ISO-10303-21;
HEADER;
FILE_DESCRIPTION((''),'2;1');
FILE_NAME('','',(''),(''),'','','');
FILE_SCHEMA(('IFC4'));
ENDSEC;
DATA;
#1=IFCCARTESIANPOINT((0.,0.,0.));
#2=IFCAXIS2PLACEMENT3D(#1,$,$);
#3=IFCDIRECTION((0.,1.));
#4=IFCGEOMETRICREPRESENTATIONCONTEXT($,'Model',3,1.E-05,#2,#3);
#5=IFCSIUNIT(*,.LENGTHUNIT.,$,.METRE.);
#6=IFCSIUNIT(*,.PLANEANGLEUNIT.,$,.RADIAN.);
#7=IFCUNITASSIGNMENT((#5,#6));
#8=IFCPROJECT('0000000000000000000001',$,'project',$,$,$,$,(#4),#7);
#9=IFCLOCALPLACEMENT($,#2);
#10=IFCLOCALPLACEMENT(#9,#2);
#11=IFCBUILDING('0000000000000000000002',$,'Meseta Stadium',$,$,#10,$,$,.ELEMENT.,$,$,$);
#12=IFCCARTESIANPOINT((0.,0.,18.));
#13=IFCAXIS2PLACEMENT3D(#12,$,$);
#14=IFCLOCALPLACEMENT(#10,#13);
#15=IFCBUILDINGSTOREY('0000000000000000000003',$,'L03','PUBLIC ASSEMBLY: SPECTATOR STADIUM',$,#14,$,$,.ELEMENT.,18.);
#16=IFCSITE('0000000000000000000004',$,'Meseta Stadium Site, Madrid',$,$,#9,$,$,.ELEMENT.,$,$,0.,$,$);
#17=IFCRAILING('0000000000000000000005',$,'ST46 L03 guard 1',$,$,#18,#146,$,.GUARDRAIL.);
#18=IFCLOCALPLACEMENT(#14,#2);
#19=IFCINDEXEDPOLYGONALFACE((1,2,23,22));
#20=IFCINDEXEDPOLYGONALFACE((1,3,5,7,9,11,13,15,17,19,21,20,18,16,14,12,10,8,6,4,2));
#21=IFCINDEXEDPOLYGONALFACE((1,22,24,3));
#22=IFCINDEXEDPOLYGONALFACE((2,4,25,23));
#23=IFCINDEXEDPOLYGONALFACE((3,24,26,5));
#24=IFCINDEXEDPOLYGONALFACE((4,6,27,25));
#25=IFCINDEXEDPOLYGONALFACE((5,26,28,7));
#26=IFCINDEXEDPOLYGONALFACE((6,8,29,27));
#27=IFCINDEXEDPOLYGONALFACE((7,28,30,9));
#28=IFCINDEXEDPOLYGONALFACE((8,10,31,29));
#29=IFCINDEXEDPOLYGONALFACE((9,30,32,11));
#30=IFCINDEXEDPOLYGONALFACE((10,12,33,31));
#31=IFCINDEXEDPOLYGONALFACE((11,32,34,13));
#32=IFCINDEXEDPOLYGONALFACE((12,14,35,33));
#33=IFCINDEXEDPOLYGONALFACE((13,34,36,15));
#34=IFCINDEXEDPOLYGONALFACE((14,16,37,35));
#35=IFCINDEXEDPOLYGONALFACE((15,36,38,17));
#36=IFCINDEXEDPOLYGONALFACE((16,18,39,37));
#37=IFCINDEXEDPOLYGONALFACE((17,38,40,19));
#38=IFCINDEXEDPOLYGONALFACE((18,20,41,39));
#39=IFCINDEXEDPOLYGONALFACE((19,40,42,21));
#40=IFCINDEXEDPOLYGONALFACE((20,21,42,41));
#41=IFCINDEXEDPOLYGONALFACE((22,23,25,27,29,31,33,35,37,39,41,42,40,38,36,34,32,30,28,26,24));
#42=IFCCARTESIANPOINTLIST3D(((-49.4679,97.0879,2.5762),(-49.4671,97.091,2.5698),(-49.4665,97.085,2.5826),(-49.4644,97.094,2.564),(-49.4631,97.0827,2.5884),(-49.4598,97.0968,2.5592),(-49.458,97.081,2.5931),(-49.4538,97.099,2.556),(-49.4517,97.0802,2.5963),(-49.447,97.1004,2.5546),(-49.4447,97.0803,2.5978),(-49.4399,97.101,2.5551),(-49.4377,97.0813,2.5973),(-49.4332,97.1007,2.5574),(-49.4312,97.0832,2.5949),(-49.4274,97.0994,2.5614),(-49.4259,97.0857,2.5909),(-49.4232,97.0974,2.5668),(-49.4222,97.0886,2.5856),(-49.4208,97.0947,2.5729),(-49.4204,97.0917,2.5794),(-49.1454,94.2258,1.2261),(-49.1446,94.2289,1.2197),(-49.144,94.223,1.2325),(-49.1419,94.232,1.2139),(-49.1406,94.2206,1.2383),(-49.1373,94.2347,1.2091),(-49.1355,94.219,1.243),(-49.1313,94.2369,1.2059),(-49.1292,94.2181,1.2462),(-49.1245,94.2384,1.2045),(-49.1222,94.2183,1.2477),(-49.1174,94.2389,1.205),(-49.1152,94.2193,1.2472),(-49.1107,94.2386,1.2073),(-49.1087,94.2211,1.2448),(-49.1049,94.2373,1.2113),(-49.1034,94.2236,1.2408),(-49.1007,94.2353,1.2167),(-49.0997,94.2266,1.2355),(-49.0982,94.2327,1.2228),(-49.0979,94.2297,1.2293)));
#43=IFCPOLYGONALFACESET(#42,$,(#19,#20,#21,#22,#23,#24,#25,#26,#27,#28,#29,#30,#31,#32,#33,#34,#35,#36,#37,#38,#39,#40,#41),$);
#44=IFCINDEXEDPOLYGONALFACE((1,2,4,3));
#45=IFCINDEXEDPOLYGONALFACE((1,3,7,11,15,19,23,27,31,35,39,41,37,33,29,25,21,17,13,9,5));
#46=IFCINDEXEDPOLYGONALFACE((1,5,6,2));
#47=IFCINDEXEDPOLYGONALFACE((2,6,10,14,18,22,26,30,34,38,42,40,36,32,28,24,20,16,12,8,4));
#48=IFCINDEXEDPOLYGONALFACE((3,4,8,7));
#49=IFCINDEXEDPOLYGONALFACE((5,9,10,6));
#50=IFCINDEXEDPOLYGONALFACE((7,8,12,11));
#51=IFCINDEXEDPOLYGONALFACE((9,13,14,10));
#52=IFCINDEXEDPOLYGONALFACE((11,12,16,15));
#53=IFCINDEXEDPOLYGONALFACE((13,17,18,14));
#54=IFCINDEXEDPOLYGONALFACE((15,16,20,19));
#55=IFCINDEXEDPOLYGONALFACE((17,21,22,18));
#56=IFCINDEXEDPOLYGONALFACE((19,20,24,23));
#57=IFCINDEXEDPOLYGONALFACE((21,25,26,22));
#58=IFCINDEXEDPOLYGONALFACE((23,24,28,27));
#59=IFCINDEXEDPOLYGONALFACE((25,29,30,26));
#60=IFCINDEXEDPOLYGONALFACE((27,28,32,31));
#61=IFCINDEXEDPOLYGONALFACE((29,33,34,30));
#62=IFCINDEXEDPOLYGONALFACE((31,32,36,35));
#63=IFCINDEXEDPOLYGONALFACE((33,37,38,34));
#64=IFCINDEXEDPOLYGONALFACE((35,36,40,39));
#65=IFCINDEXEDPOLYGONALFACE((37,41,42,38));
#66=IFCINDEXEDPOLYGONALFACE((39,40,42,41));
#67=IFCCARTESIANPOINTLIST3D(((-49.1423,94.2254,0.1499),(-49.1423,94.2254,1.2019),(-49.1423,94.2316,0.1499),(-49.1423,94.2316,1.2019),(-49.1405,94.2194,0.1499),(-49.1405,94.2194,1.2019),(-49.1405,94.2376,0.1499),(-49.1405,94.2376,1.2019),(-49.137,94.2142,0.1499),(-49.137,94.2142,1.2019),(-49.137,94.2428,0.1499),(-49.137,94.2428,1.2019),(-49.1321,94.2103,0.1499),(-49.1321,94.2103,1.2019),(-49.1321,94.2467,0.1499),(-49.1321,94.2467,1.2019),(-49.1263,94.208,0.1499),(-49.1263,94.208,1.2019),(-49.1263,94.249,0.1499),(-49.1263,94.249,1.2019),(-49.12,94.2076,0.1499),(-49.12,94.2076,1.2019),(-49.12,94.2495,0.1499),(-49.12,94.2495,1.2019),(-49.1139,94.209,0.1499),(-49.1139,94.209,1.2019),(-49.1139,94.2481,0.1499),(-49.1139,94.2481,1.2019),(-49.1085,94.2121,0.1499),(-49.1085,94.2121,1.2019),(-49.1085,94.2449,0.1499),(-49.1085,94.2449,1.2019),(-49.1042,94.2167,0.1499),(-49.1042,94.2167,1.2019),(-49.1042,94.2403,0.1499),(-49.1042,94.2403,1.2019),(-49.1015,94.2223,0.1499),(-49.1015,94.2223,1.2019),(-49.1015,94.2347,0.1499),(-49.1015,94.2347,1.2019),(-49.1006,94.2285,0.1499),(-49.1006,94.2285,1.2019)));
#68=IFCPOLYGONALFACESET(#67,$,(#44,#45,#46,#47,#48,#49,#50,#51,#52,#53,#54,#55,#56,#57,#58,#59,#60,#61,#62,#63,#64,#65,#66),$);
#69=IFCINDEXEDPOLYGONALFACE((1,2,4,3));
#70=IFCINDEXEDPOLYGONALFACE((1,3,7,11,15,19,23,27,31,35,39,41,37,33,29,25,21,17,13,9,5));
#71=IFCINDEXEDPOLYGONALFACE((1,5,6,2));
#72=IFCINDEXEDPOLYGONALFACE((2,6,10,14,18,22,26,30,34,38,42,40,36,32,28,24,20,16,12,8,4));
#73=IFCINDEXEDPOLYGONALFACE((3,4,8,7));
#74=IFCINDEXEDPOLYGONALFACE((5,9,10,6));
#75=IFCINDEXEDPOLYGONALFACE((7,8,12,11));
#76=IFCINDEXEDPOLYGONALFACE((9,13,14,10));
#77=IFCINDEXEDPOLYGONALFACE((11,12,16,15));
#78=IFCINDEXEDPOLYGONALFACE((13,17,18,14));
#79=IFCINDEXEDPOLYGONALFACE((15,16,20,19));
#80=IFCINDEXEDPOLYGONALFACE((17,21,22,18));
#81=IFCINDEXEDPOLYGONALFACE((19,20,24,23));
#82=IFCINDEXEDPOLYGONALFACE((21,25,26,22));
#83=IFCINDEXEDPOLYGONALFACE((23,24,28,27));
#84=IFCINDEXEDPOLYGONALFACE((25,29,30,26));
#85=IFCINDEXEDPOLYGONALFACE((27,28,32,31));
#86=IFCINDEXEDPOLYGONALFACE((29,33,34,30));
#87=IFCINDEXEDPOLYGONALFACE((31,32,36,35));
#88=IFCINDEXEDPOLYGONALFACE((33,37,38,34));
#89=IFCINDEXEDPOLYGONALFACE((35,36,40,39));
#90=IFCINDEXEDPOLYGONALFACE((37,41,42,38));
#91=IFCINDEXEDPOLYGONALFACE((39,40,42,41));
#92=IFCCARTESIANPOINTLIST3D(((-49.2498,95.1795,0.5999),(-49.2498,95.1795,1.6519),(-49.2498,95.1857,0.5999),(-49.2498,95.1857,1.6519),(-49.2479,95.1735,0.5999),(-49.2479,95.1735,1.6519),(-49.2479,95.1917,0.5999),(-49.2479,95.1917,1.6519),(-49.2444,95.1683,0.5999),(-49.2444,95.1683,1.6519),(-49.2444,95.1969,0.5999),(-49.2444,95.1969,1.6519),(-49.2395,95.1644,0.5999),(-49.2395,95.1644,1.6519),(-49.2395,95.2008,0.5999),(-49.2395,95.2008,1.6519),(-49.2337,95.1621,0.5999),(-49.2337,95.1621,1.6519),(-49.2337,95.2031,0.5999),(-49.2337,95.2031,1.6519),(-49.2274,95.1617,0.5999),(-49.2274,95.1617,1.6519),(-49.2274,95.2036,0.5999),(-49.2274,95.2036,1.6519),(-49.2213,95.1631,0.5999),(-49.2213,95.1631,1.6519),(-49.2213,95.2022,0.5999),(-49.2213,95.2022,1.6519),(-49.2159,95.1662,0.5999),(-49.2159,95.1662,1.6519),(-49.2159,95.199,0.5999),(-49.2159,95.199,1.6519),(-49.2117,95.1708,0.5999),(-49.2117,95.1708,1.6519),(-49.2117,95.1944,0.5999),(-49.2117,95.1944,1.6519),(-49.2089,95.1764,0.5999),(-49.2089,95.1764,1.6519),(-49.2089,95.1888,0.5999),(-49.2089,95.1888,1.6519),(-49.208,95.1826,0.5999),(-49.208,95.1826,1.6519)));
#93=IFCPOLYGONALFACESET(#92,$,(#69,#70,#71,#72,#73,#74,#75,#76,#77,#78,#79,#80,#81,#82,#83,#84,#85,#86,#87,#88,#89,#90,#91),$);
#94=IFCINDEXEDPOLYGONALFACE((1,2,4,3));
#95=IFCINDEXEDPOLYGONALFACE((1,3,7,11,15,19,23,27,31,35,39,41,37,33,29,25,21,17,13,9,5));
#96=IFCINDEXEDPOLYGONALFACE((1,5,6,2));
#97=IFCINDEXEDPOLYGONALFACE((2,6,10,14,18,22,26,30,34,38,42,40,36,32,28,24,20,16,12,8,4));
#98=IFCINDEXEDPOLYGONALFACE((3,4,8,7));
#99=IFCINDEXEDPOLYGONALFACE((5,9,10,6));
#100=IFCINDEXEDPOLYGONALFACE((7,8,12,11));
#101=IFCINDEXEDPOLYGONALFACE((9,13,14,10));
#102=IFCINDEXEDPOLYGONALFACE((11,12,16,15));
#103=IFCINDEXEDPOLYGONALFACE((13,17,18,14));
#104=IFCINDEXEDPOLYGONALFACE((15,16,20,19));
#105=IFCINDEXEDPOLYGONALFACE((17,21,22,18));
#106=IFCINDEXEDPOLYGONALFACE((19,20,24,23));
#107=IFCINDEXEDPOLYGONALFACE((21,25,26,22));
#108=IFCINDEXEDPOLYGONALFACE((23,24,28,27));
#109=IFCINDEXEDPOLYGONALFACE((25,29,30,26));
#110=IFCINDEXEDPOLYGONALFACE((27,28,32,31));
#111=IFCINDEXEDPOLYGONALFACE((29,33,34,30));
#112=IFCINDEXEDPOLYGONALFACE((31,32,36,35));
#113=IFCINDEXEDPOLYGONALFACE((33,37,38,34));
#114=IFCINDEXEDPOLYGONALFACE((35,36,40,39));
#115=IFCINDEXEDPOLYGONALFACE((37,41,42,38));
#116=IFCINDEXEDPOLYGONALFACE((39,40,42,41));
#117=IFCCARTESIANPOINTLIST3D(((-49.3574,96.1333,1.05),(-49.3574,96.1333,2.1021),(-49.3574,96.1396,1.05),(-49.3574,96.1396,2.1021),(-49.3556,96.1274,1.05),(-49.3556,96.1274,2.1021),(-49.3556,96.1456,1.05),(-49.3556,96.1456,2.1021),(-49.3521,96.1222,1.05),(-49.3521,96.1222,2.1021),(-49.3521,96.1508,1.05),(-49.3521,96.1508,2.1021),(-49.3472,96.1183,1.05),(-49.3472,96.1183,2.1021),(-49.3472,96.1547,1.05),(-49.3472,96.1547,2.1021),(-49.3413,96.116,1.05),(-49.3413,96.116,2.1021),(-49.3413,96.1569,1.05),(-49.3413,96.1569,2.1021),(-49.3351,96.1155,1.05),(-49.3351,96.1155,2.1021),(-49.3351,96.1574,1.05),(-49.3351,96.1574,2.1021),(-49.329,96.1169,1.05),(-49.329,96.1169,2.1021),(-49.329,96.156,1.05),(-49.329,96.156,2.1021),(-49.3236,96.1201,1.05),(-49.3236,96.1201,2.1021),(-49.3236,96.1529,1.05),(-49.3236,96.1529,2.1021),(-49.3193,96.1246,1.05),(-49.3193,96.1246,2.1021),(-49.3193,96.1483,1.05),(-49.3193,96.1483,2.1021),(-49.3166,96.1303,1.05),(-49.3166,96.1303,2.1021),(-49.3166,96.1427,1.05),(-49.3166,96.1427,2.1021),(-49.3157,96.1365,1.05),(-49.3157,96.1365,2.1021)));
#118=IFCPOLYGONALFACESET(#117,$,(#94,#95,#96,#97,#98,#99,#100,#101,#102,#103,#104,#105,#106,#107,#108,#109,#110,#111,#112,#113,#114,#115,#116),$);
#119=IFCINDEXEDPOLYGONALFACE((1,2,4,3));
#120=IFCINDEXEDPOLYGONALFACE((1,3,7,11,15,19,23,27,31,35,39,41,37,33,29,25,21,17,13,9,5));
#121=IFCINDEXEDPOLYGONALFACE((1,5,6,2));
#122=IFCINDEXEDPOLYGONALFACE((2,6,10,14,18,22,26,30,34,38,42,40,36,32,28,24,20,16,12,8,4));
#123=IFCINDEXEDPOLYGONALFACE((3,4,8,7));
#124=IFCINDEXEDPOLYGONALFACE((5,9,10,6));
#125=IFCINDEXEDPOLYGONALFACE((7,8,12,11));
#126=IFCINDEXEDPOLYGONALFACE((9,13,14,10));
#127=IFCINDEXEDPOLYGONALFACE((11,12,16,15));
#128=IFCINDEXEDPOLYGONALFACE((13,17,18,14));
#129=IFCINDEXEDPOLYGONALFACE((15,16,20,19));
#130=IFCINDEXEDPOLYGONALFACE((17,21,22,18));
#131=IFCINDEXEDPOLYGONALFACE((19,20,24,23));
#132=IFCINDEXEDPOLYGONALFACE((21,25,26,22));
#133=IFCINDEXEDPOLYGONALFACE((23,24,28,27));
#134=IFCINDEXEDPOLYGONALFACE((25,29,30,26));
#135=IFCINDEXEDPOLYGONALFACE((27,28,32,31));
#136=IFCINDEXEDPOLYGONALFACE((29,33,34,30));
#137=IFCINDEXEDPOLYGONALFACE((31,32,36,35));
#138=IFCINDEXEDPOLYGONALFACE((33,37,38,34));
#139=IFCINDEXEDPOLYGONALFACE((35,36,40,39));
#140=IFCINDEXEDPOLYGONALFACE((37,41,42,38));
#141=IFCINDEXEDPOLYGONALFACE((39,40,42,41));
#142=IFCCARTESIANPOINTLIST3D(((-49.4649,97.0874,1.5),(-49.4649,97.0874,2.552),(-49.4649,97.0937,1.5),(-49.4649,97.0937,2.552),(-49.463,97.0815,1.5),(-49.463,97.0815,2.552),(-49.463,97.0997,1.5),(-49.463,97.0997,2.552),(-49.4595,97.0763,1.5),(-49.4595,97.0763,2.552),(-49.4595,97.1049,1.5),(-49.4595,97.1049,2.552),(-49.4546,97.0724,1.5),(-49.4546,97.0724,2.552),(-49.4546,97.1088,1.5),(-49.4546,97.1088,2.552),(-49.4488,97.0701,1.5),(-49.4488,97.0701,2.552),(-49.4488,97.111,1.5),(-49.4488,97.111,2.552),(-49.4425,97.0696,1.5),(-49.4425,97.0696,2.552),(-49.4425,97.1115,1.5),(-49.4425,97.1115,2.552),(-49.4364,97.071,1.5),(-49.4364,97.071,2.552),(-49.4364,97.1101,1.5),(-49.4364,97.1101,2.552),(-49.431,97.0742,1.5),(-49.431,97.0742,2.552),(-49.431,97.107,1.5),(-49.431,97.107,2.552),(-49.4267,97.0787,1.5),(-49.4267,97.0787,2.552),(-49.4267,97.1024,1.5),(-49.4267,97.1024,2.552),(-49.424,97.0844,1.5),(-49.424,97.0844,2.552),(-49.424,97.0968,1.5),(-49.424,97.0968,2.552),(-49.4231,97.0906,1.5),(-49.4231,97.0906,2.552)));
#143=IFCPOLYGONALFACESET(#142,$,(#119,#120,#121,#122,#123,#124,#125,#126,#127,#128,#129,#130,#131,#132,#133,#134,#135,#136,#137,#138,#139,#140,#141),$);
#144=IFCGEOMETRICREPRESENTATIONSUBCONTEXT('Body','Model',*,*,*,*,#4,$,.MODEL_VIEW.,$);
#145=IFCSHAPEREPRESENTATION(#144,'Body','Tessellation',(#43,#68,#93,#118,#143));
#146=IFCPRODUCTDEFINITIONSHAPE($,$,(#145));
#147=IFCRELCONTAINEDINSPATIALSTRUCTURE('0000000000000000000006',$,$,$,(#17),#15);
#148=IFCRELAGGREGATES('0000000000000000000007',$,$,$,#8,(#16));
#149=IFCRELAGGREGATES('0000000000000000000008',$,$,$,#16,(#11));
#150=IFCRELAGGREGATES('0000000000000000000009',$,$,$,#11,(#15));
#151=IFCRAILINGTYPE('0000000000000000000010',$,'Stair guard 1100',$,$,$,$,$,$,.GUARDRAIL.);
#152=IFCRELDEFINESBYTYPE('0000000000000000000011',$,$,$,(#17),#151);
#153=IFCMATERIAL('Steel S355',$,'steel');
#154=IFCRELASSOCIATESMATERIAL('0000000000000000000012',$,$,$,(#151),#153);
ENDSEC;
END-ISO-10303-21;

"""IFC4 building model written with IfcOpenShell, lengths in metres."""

from ifc_helpers import new_model, si_unit, direction, frame, origin, origin_2d, place, context, subcontext, project, spatial, circle, extrude, material, type_object, element, save


model = new_model("IFC4")

# Units and contexts
model_context = context("Model", 3, precision=1e-05, world=origin(), true_north=direction((0.0, 1.0)))
body_context = subcontext(model_context, "Body", "Model", "MODEL_VIEW")
ifc_project = project(units=[si_unit("LENGTHUNIT", "METRE"), si_unit("PLANEANGLEUNIT", "RADIAN")], contexts=[model_context])

# Site, building, storey
site_placement = place(None, origin())
site = spatial("IfcSite", under=ifc_project, at=site_placement, Name="Meseta Stadium Site, Madrid", CompositionType="ELEMENT", RefElevation=0.0)
building_placement = place(site_placement, origin())
building = spatial("IfcBuilding", under=site, at=building_placement, Name="Meseta Stadium", CompositionType="ELEMENT")
storey_placement = place(building_placement, frame((0.0, 0.0, 18.0)))
storey = spatial("IfcBuildingStorey", under=building, at=storey_placement, Name="L03", Description="PUBLIC ASSEMBLY: SPECTATOR STADIUM", CompositionType="ELEMENT", Elevation=18.0)

# Railing
ifc_material_1 = material(Name="Steel S355", Category="steel")
railing_type_1 = type_object("IfcRailingType", Name="Stair guard 1100", PredefinedType="GUARDRAIL", material=ifc_material_1)
for number, where, name in (
    (1, (-49.1216, 94.2285, 0.1499), "ST46 L03 guard 1"),
):
    element("IfcRailing", number, at=place(storey_placement, frame(where)), inside=storey, type_object=railing_type_1, Name=name, PredefinedType="GUARDRAIL", context=body_context, shape_type="SweptSolid", body=[
        extrude(circle(Radius=0.0239, at=origin_2d()), frame((0.0, 0.0, 1.0762), z_axis=(-0.101389, 0.899763, 0.424438), x_axis=(-0.993711, -0.111976, 0.0)), (0.0, 0.0, 1.0), 3.1809),
        extrude(circle(Radius=0.021, at=origin_2d()), origin(), (0.0, 0.0, 1.0), 1.052),
        extrude(circle(Radius=0.021, at=origin_2d()), frame((-0.1074, 0.9541, 0.45)), (0.0, 0.0, 1.0), 1.052),
        extrude(circle(Radius=0.021, at=origin_2d()), frame((-0.2151, 1.908, 0.9001)), (0.0, 0.0, 1.0), 1.052),
        extrude(circle(Radius=0.021, at=origin_2d()), frame((-0.3225, 2.8621, 1.3501)), (0.0, 0.0, 1.0), 1.052),
    ])

save(model, "model.ifc")
